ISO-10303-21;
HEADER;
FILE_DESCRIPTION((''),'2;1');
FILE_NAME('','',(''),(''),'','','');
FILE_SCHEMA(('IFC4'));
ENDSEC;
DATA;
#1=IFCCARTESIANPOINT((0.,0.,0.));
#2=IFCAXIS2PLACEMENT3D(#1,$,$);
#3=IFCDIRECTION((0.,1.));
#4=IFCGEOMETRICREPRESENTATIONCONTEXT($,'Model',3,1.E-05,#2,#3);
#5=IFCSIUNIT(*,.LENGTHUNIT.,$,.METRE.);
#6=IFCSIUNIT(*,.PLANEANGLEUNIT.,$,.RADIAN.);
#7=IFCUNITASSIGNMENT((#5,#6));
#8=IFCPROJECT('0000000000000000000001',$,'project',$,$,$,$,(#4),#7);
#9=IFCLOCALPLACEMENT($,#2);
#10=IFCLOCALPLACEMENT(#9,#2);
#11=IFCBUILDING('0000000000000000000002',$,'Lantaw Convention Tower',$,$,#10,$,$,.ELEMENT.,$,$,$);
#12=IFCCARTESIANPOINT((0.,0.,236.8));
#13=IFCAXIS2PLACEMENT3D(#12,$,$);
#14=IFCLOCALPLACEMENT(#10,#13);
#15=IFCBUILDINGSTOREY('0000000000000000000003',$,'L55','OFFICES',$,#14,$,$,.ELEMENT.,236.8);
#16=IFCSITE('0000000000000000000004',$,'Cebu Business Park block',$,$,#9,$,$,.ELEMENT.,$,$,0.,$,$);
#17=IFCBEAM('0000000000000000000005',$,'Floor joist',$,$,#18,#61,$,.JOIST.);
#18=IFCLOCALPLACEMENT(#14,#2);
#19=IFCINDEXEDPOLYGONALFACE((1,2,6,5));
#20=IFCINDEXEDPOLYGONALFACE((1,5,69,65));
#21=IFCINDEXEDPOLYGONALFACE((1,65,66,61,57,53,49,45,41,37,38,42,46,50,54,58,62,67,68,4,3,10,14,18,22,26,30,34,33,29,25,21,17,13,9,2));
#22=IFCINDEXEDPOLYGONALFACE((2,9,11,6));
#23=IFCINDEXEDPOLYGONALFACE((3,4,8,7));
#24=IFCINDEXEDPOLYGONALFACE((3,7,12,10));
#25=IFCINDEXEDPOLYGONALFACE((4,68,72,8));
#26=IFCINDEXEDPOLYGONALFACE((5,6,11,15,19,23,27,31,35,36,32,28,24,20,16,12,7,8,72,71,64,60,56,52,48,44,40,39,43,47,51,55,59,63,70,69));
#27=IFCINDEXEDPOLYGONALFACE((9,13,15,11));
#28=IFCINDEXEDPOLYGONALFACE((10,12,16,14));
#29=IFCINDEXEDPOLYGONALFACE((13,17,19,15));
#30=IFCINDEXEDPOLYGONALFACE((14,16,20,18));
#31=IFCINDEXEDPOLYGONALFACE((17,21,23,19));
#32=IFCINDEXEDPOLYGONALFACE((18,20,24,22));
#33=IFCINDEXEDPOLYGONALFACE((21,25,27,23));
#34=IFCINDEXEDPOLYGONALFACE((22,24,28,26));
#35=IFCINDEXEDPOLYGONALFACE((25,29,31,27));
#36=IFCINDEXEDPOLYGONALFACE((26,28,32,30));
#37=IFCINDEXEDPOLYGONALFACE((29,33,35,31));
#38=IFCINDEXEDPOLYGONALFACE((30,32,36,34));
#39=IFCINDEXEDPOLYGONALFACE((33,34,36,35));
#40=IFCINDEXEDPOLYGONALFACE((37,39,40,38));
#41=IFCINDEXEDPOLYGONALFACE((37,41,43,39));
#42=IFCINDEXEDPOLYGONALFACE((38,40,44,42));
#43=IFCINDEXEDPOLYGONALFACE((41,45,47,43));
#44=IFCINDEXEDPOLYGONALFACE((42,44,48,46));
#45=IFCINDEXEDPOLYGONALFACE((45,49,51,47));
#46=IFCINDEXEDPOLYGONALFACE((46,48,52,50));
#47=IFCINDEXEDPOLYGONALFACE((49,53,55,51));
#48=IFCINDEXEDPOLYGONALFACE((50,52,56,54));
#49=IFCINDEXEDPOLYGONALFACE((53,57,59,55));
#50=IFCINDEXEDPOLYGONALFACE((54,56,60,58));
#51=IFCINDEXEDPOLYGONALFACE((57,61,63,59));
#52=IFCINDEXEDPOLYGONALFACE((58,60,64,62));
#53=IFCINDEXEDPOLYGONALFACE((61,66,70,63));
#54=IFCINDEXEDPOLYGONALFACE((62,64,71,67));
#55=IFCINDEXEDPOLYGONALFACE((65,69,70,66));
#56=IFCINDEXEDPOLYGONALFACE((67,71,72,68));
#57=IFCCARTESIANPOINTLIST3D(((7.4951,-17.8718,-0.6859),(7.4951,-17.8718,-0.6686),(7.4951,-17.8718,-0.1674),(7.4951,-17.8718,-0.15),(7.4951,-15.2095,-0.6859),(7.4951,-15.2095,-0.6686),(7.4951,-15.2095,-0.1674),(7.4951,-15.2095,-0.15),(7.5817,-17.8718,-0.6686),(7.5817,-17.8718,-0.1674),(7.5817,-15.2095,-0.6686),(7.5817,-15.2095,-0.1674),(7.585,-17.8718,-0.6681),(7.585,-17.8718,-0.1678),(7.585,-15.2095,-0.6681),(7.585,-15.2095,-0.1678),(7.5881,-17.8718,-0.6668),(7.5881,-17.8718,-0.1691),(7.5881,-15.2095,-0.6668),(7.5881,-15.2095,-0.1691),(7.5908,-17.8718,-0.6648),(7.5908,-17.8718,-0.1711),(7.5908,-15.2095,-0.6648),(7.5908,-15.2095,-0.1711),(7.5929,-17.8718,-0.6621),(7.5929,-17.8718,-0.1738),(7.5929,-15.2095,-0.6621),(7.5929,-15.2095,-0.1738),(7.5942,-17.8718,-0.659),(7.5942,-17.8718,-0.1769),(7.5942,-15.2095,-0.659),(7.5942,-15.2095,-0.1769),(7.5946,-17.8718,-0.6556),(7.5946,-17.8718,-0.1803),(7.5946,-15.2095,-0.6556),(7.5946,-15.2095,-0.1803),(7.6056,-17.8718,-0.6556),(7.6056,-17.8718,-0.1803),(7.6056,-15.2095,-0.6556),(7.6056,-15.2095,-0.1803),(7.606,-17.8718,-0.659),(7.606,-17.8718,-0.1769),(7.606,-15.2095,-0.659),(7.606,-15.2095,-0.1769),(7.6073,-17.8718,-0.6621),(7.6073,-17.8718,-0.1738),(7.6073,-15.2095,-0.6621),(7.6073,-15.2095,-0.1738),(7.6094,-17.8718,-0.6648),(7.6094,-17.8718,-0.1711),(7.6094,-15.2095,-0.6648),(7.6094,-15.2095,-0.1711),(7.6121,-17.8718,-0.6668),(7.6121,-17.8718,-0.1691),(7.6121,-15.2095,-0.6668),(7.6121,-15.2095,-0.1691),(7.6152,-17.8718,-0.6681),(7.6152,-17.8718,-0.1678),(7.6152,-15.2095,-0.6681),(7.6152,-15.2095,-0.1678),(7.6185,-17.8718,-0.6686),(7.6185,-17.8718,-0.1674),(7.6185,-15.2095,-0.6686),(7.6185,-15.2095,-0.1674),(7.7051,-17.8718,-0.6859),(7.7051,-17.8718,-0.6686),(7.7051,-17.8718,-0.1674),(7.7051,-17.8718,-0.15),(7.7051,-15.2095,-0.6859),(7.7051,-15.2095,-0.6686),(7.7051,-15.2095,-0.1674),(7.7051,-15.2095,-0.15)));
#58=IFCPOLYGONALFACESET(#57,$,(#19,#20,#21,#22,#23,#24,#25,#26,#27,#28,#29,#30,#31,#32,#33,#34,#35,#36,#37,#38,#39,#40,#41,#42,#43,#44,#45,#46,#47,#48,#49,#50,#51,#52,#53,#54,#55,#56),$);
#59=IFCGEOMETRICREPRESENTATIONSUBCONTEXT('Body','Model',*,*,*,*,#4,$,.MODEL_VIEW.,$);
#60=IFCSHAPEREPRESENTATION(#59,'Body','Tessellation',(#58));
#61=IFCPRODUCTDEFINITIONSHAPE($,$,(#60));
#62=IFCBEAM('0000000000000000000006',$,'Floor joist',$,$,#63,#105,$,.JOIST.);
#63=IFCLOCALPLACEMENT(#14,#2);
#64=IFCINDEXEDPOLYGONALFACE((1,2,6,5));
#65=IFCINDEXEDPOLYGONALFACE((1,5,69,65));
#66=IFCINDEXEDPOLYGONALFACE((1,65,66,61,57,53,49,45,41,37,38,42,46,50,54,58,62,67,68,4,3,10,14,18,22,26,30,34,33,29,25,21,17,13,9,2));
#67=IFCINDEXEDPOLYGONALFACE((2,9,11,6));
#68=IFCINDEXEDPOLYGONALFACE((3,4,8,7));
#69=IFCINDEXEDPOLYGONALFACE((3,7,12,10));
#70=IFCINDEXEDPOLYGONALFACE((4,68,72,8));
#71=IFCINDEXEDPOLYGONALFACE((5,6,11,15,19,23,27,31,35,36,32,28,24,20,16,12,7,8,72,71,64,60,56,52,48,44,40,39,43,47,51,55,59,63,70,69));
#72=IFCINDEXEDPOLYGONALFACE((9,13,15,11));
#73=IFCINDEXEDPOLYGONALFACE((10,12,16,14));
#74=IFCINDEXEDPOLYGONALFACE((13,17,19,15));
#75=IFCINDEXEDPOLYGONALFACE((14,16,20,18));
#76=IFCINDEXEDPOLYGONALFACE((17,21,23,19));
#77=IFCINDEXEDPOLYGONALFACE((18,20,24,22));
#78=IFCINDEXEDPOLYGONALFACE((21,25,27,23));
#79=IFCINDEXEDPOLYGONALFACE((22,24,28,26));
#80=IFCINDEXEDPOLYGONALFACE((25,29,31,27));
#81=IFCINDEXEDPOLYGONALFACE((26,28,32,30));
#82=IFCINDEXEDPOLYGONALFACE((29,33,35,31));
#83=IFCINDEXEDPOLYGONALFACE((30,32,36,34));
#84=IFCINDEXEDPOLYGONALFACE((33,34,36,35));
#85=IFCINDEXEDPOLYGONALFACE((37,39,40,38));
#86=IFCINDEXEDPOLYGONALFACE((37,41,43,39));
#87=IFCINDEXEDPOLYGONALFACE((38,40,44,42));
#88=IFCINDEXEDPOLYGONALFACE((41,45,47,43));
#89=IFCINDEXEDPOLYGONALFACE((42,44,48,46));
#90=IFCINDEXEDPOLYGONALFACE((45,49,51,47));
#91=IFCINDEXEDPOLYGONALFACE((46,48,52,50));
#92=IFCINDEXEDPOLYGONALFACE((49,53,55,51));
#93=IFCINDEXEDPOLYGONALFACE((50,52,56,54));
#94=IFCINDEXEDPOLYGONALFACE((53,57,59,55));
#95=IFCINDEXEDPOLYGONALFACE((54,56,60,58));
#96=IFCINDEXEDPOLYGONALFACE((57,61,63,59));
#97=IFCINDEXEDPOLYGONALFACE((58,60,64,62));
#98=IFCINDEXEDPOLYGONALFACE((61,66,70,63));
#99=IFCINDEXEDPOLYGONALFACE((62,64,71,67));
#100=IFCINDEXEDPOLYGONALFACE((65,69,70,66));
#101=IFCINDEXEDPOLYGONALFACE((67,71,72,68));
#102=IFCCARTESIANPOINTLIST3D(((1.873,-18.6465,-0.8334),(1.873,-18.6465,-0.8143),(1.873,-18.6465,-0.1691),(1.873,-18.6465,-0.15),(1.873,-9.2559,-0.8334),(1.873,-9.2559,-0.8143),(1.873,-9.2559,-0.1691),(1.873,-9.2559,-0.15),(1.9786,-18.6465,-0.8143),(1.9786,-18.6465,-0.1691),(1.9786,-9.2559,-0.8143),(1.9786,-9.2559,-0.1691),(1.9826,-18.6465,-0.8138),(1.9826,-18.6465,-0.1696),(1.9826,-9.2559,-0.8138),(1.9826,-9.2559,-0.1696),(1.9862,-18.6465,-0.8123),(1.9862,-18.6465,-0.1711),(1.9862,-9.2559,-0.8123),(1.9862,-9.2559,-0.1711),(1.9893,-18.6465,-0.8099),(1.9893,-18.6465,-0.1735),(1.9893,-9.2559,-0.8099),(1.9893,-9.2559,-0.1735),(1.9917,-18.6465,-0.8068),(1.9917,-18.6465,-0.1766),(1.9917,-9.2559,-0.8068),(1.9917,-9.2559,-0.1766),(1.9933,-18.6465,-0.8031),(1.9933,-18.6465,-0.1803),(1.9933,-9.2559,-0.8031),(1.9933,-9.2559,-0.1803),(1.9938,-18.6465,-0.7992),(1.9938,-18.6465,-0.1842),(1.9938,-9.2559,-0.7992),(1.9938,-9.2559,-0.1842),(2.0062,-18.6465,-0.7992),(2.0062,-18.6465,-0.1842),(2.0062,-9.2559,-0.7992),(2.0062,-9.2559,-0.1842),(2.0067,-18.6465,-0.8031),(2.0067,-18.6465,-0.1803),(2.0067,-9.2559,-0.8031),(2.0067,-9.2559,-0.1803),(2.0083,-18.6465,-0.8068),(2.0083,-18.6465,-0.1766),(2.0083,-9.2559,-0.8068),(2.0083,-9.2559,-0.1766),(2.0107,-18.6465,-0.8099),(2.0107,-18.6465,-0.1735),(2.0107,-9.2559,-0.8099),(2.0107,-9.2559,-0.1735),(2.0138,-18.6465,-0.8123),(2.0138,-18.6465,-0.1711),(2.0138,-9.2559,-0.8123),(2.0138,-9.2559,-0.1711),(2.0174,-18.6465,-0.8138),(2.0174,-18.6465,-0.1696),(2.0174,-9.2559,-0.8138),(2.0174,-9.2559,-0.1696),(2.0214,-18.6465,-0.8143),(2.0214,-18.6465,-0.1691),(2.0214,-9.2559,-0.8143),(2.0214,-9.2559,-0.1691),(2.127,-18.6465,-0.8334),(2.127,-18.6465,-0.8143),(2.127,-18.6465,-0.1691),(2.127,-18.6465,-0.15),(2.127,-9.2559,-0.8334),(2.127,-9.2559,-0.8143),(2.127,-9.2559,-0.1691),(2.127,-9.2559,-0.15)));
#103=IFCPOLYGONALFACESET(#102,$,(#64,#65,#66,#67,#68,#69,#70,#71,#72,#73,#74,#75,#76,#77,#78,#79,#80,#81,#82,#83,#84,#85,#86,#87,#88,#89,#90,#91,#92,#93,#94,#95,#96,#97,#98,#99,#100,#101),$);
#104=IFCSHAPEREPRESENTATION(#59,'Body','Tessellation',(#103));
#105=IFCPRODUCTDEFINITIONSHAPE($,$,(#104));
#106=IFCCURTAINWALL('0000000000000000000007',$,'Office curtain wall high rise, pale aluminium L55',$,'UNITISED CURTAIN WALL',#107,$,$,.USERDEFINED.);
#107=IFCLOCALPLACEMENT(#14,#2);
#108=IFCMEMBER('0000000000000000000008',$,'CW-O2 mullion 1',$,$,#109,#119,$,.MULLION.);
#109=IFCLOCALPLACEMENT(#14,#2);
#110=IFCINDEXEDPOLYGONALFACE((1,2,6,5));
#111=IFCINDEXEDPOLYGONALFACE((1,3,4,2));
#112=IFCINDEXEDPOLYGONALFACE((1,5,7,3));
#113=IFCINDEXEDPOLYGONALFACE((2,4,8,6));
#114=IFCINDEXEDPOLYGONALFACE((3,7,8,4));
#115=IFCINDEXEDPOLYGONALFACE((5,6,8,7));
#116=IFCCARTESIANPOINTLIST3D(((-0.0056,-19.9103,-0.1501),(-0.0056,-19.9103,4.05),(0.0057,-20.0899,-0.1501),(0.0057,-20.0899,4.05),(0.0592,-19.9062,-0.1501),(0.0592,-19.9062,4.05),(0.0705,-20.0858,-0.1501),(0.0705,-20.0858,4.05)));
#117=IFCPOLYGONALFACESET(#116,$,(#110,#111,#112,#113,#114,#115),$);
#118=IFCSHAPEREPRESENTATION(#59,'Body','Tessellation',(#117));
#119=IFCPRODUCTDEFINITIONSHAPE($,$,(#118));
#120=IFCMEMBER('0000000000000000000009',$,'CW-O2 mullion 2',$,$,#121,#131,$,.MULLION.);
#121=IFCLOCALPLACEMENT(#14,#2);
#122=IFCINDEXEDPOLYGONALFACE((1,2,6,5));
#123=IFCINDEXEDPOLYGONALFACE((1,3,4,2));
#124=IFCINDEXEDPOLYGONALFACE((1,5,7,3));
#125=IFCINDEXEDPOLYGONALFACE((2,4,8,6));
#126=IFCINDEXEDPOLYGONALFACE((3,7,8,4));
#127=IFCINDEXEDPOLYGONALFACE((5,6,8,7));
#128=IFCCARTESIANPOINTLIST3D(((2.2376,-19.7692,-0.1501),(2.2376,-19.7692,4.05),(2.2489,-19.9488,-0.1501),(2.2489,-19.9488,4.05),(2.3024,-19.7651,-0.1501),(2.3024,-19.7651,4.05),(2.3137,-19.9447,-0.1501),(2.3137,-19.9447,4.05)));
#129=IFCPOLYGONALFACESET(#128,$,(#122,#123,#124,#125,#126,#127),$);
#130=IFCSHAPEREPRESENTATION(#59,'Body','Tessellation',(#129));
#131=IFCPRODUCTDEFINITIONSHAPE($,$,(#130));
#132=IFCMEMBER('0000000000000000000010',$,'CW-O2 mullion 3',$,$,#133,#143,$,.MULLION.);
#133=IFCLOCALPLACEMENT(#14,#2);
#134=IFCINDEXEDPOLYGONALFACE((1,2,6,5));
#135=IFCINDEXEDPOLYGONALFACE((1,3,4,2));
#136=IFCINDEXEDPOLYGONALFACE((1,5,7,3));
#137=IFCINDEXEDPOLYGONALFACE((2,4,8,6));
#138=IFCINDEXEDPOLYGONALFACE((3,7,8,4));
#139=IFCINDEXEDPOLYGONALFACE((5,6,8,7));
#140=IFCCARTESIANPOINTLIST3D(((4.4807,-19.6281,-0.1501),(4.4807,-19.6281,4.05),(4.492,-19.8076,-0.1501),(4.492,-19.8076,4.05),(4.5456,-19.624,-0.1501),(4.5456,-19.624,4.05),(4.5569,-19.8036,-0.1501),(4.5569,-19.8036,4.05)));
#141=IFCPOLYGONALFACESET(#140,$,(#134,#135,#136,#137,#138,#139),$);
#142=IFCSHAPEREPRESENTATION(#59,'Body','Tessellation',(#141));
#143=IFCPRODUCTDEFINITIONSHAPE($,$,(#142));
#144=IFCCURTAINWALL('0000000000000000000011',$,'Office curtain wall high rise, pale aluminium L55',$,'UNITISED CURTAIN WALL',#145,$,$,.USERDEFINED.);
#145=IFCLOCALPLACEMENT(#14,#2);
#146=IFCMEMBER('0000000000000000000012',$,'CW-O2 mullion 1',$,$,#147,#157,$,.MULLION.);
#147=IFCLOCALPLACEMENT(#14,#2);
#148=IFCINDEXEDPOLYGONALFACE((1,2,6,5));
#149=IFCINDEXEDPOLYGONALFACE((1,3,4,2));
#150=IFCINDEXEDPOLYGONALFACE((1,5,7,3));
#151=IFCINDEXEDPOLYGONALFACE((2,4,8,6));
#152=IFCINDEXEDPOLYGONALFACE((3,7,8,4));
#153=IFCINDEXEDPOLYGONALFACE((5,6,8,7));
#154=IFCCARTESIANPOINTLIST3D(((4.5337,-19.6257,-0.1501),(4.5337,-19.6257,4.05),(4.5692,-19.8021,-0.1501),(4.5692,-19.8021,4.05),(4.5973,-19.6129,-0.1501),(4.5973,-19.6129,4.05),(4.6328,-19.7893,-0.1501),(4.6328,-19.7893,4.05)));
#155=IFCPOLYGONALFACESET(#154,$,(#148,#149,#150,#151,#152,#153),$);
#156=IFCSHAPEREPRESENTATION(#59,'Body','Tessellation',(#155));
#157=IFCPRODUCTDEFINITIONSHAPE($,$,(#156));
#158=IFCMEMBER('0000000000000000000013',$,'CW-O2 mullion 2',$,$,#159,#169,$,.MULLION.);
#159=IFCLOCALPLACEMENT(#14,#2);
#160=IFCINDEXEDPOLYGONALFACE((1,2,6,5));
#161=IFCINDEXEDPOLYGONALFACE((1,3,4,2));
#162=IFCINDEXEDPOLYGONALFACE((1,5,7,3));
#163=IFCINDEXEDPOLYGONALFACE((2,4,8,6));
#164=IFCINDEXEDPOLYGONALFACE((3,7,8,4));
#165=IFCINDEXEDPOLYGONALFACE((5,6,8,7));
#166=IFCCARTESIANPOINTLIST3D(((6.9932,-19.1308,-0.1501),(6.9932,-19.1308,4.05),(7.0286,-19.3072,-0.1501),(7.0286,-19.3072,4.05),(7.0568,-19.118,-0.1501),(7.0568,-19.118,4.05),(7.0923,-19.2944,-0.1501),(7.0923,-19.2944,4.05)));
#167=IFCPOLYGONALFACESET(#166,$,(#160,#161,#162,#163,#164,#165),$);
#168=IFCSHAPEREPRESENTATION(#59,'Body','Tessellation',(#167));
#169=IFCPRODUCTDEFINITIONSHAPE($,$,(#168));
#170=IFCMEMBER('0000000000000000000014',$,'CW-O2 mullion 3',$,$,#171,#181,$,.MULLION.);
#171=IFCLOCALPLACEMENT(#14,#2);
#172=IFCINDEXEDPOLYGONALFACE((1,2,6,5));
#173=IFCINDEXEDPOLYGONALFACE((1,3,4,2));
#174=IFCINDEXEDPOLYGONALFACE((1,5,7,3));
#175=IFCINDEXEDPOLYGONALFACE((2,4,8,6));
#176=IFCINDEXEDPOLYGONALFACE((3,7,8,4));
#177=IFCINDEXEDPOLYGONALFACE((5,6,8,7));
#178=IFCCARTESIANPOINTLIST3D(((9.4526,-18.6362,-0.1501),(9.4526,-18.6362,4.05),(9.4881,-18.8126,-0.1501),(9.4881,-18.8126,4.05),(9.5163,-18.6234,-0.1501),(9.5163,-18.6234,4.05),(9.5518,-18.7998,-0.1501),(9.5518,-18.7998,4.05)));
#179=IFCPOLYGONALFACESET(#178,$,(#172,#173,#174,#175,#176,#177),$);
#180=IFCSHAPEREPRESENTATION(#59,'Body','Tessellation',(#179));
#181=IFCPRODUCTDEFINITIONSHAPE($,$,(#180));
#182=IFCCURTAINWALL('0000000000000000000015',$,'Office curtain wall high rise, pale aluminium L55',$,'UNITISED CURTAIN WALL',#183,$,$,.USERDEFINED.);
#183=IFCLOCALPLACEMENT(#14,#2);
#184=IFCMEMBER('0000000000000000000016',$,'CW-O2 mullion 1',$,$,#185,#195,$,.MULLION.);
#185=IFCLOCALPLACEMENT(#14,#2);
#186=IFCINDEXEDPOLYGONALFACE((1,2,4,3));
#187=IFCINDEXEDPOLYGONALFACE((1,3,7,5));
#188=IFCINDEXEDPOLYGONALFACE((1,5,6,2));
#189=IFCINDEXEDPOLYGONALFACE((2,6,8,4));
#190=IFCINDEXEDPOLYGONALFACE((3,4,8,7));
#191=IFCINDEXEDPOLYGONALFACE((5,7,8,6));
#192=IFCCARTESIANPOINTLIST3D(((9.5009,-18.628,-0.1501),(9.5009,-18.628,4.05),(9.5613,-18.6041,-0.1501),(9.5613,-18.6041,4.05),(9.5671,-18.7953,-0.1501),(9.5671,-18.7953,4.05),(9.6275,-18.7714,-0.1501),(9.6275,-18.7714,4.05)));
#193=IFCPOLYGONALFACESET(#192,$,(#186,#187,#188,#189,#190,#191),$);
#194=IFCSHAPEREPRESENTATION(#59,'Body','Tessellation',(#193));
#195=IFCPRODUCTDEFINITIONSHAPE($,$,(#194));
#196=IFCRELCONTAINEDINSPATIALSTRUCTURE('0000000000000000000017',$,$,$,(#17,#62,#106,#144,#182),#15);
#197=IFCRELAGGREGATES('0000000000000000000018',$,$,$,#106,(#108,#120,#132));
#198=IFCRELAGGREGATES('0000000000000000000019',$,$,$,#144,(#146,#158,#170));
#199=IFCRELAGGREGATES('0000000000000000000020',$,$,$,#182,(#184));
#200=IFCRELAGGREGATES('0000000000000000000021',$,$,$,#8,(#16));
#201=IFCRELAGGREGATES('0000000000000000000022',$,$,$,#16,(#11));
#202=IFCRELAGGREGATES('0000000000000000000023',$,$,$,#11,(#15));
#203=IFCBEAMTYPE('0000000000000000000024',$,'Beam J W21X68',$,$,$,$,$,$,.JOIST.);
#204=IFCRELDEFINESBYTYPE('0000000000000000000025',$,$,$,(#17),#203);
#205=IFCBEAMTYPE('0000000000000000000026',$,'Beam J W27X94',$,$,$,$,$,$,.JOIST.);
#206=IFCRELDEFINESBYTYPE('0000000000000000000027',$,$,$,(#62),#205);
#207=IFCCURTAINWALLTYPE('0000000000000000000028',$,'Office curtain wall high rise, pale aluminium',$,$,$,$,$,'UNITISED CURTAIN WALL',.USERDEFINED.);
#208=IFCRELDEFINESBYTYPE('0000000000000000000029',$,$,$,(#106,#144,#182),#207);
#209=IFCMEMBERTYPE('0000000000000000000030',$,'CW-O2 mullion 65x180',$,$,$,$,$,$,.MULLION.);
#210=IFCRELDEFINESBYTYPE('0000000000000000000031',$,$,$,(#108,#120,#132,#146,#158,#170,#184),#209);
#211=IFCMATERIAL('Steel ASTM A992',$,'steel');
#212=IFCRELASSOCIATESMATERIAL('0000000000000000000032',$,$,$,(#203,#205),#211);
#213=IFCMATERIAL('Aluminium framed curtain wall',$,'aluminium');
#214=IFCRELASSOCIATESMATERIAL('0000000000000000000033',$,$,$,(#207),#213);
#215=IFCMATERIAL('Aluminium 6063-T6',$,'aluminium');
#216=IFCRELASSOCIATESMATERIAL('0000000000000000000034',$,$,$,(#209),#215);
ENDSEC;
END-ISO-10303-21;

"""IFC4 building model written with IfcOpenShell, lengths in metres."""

from ifc_helpers import new_model, si_unit, direction, frame, origin, origin_2d, place, context, subcontext, project, spatial, rectangle, i_section, extrude, material, material_profile, profile_set, type_object, element, aggregate, save


model = new_model("IFC4")

# Units and contexts
model_context = context("Model", 3, precision=1e-05, world=origin(), true_north=direction((0.0, 1.0)))
body_context = subcontext(model_context, "Body", "Model", "MODEL_VIEW")
ifc_project = project(units=[si_unit("LENGTHUNIT", "METRE"), si_unit("PLANEANGLEUNIT", "RADIAN")], contexts=[model_context])

# Site, building, storey
site_placement = place(None, origin())
site = spatial("IfcSite", under=ifc_project, at=site_placement, Name="Cebu Business Park block", CompositionType="ELEMENT", RefElevation=0.0)
building_placement = place(site_placement, origin())
building = spatial("IfcBuilding", under=site, at=building_placement, Name="Lantaw Convention Tower", CompositionType="ELEMENT")
storey_placement = place(building_placement, frame((0.0, 0.0, 236.8)))
storey = spatial("IfcBuildingStorey", under=building, at=storey_placement, Name="L55", Description="OFFICES", CompositionType="ELEMENT", Elevation=236.8)

# Beams
ifc_material_1 = material(Name="Steel ASTM A992", Category="steel")
ifc_material_profile_1 = material_profile(ifc_material_1, i_section(OverallWidth=0.21, OverallDepth=0.5359, WebThickness=0.011, FlangeThickness=0.0173, FilletRadius=0.0129, at=origin_2d()), Name="W21X68")
ifc_profile_set_1 = profile_set([ifc_material_profile_1], Name="Steel ASTM A992")
beam_type_1 = type_object("IfcBeamType", Name="Beam J W21X68", PredefinedType="JOIST", material=ifc_profile_set_1)
beam_1_placement = place(storey_placement, frame((7.6001, -17.8718, -0.418), z_axis=(0.0, 1.0, 0.0), x_axis=(-1.0, 0.0, 0.0)))
element("IfcBeam", 1, at=beam_1_placement, inside=storey, type_object=beam_type_1, Name="Floor joist", PredefinedType="JOIST", context=body_context, shape_type="SweptSolid", body=[
    extrude(i_section(OverallWidth=0.21, OverallDepth=0.5359, WebThickness=0.011, FlangeThickness=0.0173, FilletRadius=0.0129, at=origin_2d()), origin(), (0.0, 0.0, 1.0), 2.6624),
])
ifc_material_profile_2 = material_profile(ifc_material_1, i_section(OverallWidth=0.2539, OverallDepth=0.6833, WebThickness=0.0125, FlangeThickness=0.019, FilletRadius=0.0151, at=origin_2d()), Name="W27X94")
ifc_profile_set_2 = profile_set([ifc_material_profile_2], Name="Steel ASTM A992")
beam_type_2 = type_object("IfcBeamType", Name="Beam J W27X94", PredefinedType="JOIST", material=ifc_profile_set_2)
beam_2_placement = place(storey_placement, frame((2.0, -18.6465, -0.4917), z_axis=(0.0, 1.0, 0.0), x_axis=(-1.0, 0.0, 0.0)))
element("IfcBeam", 2, at=beam_2_placement, inside=storey, type_object=beam_type_2, Name="Floor joist", PredefinedType="JOIST", context=body_context, shape_type="SweptSolid", body=[
    extrude(i_section(OverallWidth=0.2539, OverallDepth=0.6833, WebThickness=0.0125, FlangeThickness=0.019, FilletRadius=0.0151, at=origin_2d()), origin(), (0.0, 0.0, 1.0), 9.3906),
])

# Curtain walls, members
ifc_material_2 = material(Name="Aluminium framed curtain wall", Category="aluminium")
curtain_wall_type = type_object("IfcCurtainWallType", Name="Office curtain wall high rise, pale aluminium", ElementType="UNITISED CURTAIN WALL", PredefinedType="USERDEFINED", material=ifc_material_2)
curtain_wall_1_placement = place(storey_placement, origin())
curtain_wall_1 = element("IfcCurtainWall", 3, at=curtain_wall_1_placement, inside=storey, type_object=curtain_wall_type, Name="Office curtain wall high rise, pale aluminium L55", ObjectType="UNITISED CURTAIN WALL", PredefinedType="USERDEFINED")
ifc_material_3 = material(Name="Aluminium 6063-T6", Category="aluminium")
ifc_material_profile_3 = material_profile(ifc_material_3, rectangle(XDim=0.1799, YDim=0.0649, at=origin_2d()), Name="CW-O2 mullion 65x180")
ifc_profile_set_3 = profile_set([ifc_material_profile_3], Name="Aluminium 6063-T6")
member_type_1 = type_object("IfcMemberType", Name="CW-O2 mullion 65x180", PredefinedType="MULLION", material=ifc_profile_set_3)
member_1_placement = place(storey_placement, frame((0.0325, -19.998, -0.1501), z_axis=(0.0, 0.0, 1.0), x_axis=(-0.062758, 0.998029, 0.0)))
member_1 = element("IfcMember", 4, at=member_1_placement, type_object=member_type_1, Name="CW-O2 mullion 1", PredefinedType="MULLION", context=body_context, shape_type="SweptSolid", body=[
    extrude(rectangle(XDim=0.1799, YDim=0.0649, at=origin_2d()), origin(), (0.0, 0.0, 1.0), 4.2002),
])
member_2_placement = place(storey_placement, frame((2.2756, -19.8569, -0.1501), z_axis=(0.0, 0.0, 1.0), x_axis=(-0.062758, 0.998029, 0.0)))
member_2 = element("IfcMember", 5, at=member_2_placement, type_object=member_type_1, Name="CW-O2 mullion 2", PredefinedType="MULLION", context=body_context, shape_type="SweptSolid", body=[
    extrude(rectangle(XDim=0.1799, YDim=0.0649, at=origin_2d()), origin(), (0.0, 0.0, 1.0), 4.2002),
])
member_3_placement = place(storey_placement, frame((4.5188, -19.7158, -0.1501), z_axis=(0.0, 0.0, 1.0), x_axis=(-0.062758, 0.998029, 0.0)))
member_3 = element("IfcMember", 6, at=member_3_placement, type_object=member_type_1, Name="CW-O2 mullion 3", PredefinedType="MULLION", context=body_context, shape_type="SweptSolid", body=[
    extrude(rectangle(XDim=0.1799, YDim=0.0649, at=origin_2d()), origin(), (0.0, 0.0, 1.0), 4.2002),
])
curtain_wall_2_placement = place(storey_placement, origin())
curtain_wall_2 = element("IfcCurtainWall", 7, at=curtain_wall_2_placement, inside=storey, type_object=curtain_wall_type, Name="Office curtain wall high rise, pale aluminium L55", ObjectType="UNITISED CURTAIN WALL", PredefinedType="USERDEFINED")
member_4_placement = place(storey_placement, frame((4.5833, -19.7075, -0.1501), z_axis=(0.0, 0.0, 1.0), x_axis=(-0.197183, 0.980367, 0.0)))
member_4 = element("IfcMember", 8, at=member_4_placement, type_object=member_type_1, Name="CW-O2 mullion 1", PredefinedType="MULLION", context=body_context, shape_type="SweptSolid", body=[
    extrude(rectangle(XDim=0.1799, YDim=0.0649, at=origin_2d()), origin(), (0.0, 0.0, 1.0), 4.2002),
])
member_5_placement = place(storey_placement, frame((7.0427, -19.2126, -0.1501), z_axis=(0.0, 0.0, 1.0), x_axis=(-0.197183, 0.980367, 0.0)))
member_5 = element("IfcMember", 9, at=member_5_placement, type_object=member_type_1, Name="CW-O2 mullion 2", PredefinedType="MULLION", context=body_context, shape_type="SweptSolid", body=[
    extrude(rectangle(XDim=0.1799, YDim=0.0649, at=origin_2d()), origin(), (0.0, 0.0, 1.0), 4.2002),
])
member_6_placement = place(storey_placement, frame((9.5022, -18.718, -0.1501), z_axis=(0.0, 0.0, 1.0), x_axis=(-0.197183, 0.980367, 0.0)))
member_6 = element("IfcMember", 10, at=member_6_placement, type_object=member_type_1, Name="CW-O2 mullion 3", PredefinedType="MULLION", context=body_context, shape_type="SweptSolid", body=[
    extrude(rectangle(XDim=0.1799, YDim=0.0649, at=origin_2d()), origin(), (0.0, 0.0, 1.0), 4.2002),
])

# Curtain wall, member
curtain_wall_3_placement = place(storey_placement, origin())
curtain_wall_3 = element("IfcCurtainWall", 11, at=curtain_wall_3_placement, inside=storey, type_object=curtain_wall_type, Name="Office curtain wall high rise, pale aluminium L55", ObjectType="UNITISED CURTAIN WALL", PredefinedType="USERDEFINED")
member_7_placement = place(storey_placement, frame((9.5642, -18.6997, -0.1501), z_axis=(0.0, 0.0, 1.0), x_axis=(-0.368162, 0.929762, 0.0)))
member_7 = element("IfcMember", 12, at=member_7_placement, type_object=member_type_1, Name="CW-O2 mullion 1", PredefinedType="MULLION", context=body_context, shape_type="SweptSolid", body=[
    extrude(rectangle(XDim=0.1799, YDim=0.0649, at=origin_2d()), origin(), (0.0, 0.0, 1.0), 4.2002),
])

aggregate(curtain_wall_1, [member_1, member_2, member_3])
aggregate(curtain_wall_2, [member_4, member_5, member_6])
aggregate(curtain_wall_3, [member_7])

save(model, "model.ifc")
